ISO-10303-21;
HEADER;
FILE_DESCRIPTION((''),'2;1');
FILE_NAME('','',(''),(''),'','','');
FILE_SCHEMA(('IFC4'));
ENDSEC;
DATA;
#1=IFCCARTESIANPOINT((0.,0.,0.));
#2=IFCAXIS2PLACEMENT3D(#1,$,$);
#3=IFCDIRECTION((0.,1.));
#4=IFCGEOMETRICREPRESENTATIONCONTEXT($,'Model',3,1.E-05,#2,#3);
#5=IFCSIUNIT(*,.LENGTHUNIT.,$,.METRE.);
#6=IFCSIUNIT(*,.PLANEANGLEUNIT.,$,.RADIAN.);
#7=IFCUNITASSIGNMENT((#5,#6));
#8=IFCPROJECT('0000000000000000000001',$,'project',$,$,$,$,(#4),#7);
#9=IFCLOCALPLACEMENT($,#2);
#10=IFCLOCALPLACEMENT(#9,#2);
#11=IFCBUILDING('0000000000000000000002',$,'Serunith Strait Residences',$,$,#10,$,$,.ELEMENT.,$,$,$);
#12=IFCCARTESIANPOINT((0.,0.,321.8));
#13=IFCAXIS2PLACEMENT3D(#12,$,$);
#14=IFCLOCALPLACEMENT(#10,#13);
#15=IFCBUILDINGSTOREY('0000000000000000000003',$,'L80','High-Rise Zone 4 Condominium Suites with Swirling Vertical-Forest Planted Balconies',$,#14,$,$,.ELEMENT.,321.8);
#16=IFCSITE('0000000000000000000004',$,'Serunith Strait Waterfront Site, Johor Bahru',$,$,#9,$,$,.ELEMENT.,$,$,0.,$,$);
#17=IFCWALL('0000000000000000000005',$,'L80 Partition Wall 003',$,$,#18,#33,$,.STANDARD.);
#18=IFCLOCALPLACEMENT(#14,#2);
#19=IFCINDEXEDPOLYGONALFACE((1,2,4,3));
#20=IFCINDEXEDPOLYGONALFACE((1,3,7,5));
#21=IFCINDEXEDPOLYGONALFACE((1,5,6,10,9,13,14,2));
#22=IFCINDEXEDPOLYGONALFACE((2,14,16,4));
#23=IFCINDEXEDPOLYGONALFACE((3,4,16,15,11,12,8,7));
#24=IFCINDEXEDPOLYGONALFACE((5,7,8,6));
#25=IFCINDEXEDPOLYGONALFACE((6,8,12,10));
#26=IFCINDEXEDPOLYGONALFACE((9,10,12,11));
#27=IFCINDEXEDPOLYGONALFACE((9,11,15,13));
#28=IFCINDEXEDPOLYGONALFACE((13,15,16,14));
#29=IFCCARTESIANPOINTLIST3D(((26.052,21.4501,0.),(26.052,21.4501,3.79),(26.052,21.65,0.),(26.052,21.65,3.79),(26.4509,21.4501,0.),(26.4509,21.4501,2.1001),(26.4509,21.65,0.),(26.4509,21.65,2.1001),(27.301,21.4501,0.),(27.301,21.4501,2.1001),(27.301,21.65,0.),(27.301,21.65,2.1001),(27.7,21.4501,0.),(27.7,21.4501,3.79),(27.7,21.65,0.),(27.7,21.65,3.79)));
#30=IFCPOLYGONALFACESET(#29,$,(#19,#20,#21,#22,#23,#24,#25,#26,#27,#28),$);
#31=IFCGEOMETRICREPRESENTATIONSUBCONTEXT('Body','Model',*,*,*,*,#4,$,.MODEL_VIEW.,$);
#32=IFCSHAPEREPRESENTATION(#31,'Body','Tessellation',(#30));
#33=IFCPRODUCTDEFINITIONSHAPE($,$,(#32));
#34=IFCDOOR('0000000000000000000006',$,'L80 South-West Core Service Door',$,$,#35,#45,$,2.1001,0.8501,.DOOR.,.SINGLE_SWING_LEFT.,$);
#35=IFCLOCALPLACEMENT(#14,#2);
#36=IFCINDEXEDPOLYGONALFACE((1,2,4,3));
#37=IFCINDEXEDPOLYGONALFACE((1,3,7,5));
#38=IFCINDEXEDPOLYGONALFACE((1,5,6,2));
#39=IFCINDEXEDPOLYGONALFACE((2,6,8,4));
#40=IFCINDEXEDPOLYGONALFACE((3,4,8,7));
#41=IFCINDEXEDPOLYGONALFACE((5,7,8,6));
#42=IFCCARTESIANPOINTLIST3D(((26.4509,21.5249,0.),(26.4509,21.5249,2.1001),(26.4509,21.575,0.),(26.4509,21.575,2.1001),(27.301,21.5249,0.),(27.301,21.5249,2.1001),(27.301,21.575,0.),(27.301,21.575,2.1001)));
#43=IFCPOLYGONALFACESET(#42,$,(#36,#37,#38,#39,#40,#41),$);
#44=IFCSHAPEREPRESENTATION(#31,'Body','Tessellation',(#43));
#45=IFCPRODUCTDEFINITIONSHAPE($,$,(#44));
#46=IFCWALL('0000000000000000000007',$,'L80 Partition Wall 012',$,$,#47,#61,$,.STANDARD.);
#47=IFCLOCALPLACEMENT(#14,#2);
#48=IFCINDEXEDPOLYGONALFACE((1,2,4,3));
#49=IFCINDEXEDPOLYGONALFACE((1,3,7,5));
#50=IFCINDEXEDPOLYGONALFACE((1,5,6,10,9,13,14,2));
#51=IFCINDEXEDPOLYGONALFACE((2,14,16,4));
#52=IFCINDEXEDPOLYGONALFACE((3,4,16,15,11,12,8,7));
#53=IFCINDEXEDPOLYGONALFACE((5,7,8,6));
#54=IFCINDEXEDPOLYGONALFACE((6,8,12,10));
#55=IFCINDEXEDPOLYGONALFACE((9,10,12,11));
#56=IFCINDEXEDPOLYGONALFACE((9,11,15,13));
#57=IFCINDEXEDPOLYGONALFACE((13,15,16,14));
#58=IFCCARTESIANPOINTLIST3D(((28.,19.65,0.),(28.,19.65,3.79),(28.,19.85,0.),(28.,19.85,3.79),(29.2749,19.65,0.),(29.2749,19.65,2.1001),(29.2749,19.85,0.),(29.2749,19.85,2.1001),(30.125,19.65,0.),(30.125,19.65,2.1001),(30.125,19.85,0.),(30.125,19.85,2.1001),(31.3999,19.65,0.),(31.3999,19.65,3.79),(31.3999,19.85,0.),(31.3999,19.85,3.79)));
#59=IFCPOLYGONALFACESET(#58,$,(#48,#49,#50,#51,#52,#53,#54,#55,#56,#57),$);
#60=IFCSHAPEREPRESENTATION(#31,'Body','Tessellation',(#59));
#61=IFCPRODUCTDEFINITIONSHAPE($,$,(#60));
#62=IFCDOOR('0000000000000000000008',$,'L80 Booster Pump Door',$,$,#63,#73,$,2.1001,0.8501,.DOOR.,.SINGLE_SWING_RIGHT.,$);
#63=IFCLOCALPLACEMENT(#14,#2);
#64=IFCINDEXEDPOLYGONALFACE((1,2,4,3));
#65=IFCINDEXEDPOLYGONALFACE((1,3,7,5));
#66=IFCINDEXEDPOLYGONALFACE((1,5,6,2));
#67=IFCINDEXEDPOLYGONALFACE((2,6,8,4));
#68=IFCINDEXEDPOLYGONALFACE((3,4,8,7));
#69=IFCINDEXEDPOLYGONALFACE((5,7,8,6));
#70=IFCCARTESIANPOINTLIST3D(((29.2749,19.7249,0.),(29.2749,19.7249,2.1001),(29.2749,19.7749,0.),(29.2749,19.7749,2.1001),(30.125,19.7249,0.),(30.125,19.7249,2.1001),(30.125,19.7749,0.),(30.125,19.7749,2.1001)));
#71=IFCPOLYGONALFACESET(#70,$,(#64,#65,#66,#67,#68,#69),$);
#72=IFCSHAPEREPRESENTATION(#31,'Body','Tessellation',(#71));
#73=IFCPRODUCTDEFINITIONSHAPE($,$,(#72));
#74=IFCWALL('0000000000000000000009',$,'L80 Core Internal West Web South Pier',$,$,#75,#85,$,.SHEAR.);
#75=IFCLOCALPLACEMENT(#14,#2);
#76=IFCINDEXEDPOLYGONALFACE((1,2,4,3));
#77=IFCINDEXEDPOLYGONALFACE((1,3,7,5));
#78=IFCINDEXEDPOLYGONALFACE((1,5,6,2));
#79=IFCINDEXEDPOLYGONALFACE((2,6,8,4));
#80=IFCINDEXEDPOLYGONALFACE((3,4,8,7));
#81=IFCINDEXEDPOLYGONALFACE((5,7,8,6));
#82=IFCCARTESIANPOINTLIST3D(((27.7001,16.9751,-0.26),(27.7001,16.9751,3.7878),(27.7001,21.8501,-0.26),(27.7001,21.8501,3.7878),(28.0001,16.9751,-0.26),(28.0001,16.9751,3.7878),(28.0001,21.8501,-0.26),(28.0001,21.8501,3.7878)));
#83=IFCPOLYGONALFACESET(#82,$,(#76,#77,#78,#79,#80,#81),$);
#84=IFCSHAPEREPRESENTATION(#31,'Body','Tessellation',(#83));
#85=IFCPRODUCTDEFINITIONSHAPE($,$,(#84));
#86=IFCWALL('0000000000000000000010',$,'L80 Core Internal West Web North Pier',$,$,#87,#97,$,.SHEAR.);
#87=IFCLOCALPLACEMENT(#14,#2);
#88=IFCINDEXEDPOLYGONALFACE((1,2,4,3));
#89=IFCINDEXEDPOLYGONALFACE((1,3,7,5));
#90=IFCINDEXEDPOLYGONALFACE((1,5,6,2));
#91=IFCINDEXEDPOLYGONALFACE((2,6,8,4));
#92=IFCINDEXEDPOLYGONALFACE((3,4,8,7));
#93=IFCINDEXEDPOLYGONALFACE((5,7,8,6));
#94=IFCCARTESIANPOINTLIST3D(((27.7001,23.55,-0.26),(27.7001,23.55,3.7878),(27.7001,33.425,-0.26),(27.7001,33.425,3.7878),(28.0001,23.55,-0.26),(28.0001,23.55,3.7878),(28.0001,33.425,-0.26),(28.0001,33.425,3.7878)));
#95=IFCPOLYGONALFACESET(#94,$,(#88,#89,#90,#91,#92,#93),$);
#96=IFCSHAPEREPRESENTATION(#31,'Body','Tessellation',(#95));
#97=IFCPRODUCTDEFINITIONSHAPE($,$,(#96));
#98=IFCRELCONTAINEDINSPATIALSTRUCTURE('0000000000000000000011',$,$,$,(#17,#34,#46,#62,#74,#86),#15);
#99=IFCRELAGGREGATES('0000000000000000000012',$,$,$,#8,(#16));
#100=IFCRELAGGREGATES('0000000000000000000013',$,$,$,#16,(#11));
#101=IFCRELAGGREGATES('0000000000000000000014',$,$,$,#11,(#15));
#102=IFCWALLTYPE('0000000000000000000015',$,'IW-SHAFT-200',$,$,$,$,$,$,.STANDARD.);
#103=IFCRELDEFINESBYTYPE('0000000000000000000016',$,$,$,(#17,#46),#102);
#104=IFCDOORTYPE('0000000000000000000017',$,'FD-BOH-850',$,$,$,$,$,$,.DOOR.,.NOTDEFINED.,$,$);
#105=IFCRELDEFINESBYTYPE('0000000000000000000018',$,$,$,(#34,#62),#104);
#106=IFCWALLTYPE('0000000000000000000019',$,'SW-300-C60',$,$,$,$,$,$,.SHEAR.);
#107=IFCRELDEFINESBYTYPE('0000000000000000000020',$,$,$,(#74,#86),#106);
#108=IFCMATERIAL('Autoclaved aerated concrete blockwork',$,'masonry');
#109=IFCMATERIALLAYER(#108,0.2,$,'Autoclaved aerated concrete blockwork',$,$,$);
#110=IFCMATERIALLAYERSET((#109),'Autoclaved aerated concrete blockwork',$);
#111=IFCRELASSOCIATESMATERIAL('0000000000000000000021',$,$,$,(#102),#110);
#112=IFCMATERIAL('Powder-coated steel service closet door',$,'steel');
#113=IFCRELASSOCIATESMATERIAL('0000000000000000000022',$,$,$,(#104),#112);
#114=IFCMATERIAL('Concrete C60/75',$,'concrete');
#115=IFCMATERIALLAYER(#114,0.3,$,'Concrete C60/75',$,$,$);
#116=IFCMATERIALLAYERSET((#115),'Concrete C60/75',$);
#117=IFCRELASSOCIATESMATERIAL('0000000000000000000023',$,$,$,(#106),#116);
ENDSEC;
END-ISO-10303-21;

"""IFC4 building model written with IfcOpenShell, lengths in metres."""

from ifc_helpers import new_model, si_unit, direction, frame, frame_2d, origin, place, context, subcontext, project, spatial, rectangle, extrude, source, transform, mapped, material, layer, layer_set, type_object, element, fill, save


model = new_model("IFC4")

# Units and contexts
model_context = context("Model", 3, precision=1e-05, world=origin(), true_north=direction((0.0, 1.0)))
body_context = subcontext(model_context, "Body", "Model", "MODEL_VIEW")
ifc_project = project(units=[si_unit("LENGTHUNIT", "METRE"), si_unit("PLANEANGLEUNIT", "RADIAN")], contexts=[model_context])

# Site, building, storey
site_placement = place(None, origin())
site = spatial("IfcSite", under=ifc_project, at=site_placement, Name="Serunith Strait Waterfront Site, Johor Bahru", CompositionType="ELEMENT", RefElevation=0.0)
building_placement = place(site_placement, origin())
building = spatial("IfcBuilding", under=site, at=building_placement, Name="Serunith Strait Residences", CompositionType="ELEMENT")
storey_placement = place(building_placement, frame((0.0, 0.0, 321.8)))
storey = spatial("IfcBuildingStorey", under=building, at=storey_placement, Name="L80", Description="High-Rise Zone 4 Condominium Suites with Swirling Vertical-Forest Planted Balconies", CompositionType="ELEMENT", Elevation=321.8)

# Shared definitions
shared_shape_1 = source(origin(), body_context, "Body", "SweptSolid", [
    extrude(rectangle(XDim=0.8501, YDim=2.1001, at=frame_2d((0.425, 1.05))), frame((0.0, 0.0249, 0.0), z_axis=(0.0, -1.0, 0.0), x_axis=(1.0, 0.0, 0.0)), (0.0, 0.0, 1.0), 0.05),
])
ifc_material_1 = material(Name="Autoclaved aerated concrete blockwork", Category="masonry")
ifc_layer_1 = layer(ifc_material_1, 0.2, Name="Autoclaved aerated concrete blockwork")
ifc_layer_set_1 = layer_set([ifc_layer_1], Name="Autoclaved aerated concrete blockwork")
wall_type_1 = type_object("IfcWallType", Name="IW-SHAFT-200", PredefinedType="STANDARD", material=ifc_layer_set_1)

# Walls, openings, doors
wall_1_placement = place(storey_placement, frame((26.052, 21.55, 0.0), z_axis=(0.0, 0.0, 1.0), x_axis=(1.0, 0.0, 0.0)))
wall_1 = element("IfcWall", 1, at=wall_1_placement, inside=storey, type_object=wall_type_1, Name="L80 Partition Wall 003", PredefinedType="STANDARD", context=body_context, shape_type="SweptSolid", body=[
    extrude(rectangle(XDim=1.6479, YDim=0.2, at=frame_2d((0.824, 0.0))), origin(), (0.0, 0.0, 1.0), 3.79),
])
opening_1_placement = place(wall_1_placement, frame((0.3989, 0.0, 0.0)))
opening_1 = element("IfcOpeningElement", 2, at=opening_1_placement, cuts=wall_1, PredefinedType="OPENING", context=body_context, shape_type="SweptSolid", body=[
    extrude(rectangle(XDim=0.8501, YDim=2.1001, at=frame_2d((0.425, 1.05))), frame((0.0, 0.1099, 0.0), z_axis=(0.0, -1.0, 0.0), x_axis=(1.0, 0.0, 0.0)), (0.0, 0.0, 1.0), 0.22),
])
ifc_material_2 = material(Name="Powder-coated steel service closet door", Category="steel")
door_type_1 = type_object("IfcDoorType", Name="FD-BOH-850", OperationType="NOTDEFINED", PredefinedType="DOOR", material=ifc_material_2)
door_1_placement = place(opening_1_placement, origin())
door_1 = element("IfcDoor", 3, at=door_1_placement, inside=storey, type_object=door_type_1, Name="L80 South-West Core Service Door", OperationType="SINGLE_SWING_LEFT", OverallHeight=2.1001, OverallWidth=0.8501, PredefinedType="DOOR", context=body_context, shape_type="MappedRepresentation", body=[
    mapped(shared_shape_1, transform((0.0, 0.0, 0.0), scale=1.0)),
])
fill(opening_1, door_1)
wall_2_placement = place(storey_placement, frame((28.0, 19.75, 0.0), z_axis=(0.0, 0.0, 1.0), x_axis=(1.0, 0.0, 0.0)))
wall_2 = element("IfcWall", 4, at=wall_2_placement, inside=storey, type_object=wall_type_1, Name="L80 Partition Wall 012", PredefinedType="STANDARD", context=body_context, shape_type="SweptSolid", body=[
    extrude(rectangle(XDim=3.3999, YDim=0.2, at=frame_2d((1.7, 0.0))), origin(), (0.0, 0.0, 1.0), 3.79),
])
opening_2_placement = place(wall_2_placement, frame((1.2749, 0.0, 0.0)))
opening_2 = element("IfcOpeningElement", 5, at=opening_2_placement, cuts=wall_2, PredefinedType="OPENING", context=body_context, shape_type="SweptSolid", body=[
    extrude(rectangle(XDim=0.8501, YDim=2.1001, at=frame_2d((0.425, 1.05))), frame((0.0, 0.1099, 0.0), z_axis=(0.0, -1.0, 0.0), x_axis=(1.0, 0.0, 0.0)), (0.0, 0.0, 1.0), 0.22),
])
door_2_placement = place(opening_2_placement, origin())
door_2 = element("IfcDoor", 6, at=door_2_placement, inside=storey, type_object=door_type_1, Name="L80 Booster Pump Door", OperationType="SINGLE_SWING_RIGHT", OverallHeight=2.1001, OverallWidth=0.8501, PredefinedType="DOOR", context=body_context, shape_type="MappedRepresentation", body=[
    mapped(shared_shape_1, transform((0.0, 0.0, 0.0), scale=1.0)),
])
fill(opening_2, door_2)

# Walls
ifc_material_3 = material(Name="Concrete C60/75", Category="concrete")
ifc_layer_2 = layer(ifc_material_3, 0.3, Name="Concrete C60/75")
ifc_layer_set_2 = layer_set([ifc_layer_2], Name="Concrete C60/75")
wall_type_2 = type_object("IfcWallType", Name="SW-300-C60", PredefinedType="SHEAR", material=ifc_layer_set_2)
wall_3_placement = place(storey_placement, frame((27.8501, 16.9751, -0.26), z_axis=(0.0, 0.0, 1.0), x_axis=(0.0, 1.0, 0.0)))
element("IfcWall", 7, at=wall_3_placement, inside=storey, type_object=wall_type_2, Name="L80 Core Internal West Web South Pier", PredefinedType="SHEAR", context=body_context, shape_type="SweptSolid", body=[
    extrude(rectangle(XDim=4.875, YDim=0.3, at=frame_2d((2.4375, 0.0))), origin(), (0.0, 0.0, 1.0), 4.0479),
])
wall_4_placement = place(storey_placement, frame((27.8501, 23.55, -0.26), z_axis=(0.0, 0.0, 1.0), x_axis=(0.0, 1.0, 0.0)))
element("IfcWall", 8, at=wall_4_placement, inside=storey, type_object=wall_type_2, Name="L80 Core Internal West Web North Pier", PredefinedType="SHEAR", context=body_context, shape_type="SweptSolid", body=[
    extrude(rectangle(XDim=9.875, YDim=0.3, at=frame_2d((4.9375, 0.0))), origin(), (0.0, 0.0, 1.0), 4.0479),
])

save(model, "model.ifc")
